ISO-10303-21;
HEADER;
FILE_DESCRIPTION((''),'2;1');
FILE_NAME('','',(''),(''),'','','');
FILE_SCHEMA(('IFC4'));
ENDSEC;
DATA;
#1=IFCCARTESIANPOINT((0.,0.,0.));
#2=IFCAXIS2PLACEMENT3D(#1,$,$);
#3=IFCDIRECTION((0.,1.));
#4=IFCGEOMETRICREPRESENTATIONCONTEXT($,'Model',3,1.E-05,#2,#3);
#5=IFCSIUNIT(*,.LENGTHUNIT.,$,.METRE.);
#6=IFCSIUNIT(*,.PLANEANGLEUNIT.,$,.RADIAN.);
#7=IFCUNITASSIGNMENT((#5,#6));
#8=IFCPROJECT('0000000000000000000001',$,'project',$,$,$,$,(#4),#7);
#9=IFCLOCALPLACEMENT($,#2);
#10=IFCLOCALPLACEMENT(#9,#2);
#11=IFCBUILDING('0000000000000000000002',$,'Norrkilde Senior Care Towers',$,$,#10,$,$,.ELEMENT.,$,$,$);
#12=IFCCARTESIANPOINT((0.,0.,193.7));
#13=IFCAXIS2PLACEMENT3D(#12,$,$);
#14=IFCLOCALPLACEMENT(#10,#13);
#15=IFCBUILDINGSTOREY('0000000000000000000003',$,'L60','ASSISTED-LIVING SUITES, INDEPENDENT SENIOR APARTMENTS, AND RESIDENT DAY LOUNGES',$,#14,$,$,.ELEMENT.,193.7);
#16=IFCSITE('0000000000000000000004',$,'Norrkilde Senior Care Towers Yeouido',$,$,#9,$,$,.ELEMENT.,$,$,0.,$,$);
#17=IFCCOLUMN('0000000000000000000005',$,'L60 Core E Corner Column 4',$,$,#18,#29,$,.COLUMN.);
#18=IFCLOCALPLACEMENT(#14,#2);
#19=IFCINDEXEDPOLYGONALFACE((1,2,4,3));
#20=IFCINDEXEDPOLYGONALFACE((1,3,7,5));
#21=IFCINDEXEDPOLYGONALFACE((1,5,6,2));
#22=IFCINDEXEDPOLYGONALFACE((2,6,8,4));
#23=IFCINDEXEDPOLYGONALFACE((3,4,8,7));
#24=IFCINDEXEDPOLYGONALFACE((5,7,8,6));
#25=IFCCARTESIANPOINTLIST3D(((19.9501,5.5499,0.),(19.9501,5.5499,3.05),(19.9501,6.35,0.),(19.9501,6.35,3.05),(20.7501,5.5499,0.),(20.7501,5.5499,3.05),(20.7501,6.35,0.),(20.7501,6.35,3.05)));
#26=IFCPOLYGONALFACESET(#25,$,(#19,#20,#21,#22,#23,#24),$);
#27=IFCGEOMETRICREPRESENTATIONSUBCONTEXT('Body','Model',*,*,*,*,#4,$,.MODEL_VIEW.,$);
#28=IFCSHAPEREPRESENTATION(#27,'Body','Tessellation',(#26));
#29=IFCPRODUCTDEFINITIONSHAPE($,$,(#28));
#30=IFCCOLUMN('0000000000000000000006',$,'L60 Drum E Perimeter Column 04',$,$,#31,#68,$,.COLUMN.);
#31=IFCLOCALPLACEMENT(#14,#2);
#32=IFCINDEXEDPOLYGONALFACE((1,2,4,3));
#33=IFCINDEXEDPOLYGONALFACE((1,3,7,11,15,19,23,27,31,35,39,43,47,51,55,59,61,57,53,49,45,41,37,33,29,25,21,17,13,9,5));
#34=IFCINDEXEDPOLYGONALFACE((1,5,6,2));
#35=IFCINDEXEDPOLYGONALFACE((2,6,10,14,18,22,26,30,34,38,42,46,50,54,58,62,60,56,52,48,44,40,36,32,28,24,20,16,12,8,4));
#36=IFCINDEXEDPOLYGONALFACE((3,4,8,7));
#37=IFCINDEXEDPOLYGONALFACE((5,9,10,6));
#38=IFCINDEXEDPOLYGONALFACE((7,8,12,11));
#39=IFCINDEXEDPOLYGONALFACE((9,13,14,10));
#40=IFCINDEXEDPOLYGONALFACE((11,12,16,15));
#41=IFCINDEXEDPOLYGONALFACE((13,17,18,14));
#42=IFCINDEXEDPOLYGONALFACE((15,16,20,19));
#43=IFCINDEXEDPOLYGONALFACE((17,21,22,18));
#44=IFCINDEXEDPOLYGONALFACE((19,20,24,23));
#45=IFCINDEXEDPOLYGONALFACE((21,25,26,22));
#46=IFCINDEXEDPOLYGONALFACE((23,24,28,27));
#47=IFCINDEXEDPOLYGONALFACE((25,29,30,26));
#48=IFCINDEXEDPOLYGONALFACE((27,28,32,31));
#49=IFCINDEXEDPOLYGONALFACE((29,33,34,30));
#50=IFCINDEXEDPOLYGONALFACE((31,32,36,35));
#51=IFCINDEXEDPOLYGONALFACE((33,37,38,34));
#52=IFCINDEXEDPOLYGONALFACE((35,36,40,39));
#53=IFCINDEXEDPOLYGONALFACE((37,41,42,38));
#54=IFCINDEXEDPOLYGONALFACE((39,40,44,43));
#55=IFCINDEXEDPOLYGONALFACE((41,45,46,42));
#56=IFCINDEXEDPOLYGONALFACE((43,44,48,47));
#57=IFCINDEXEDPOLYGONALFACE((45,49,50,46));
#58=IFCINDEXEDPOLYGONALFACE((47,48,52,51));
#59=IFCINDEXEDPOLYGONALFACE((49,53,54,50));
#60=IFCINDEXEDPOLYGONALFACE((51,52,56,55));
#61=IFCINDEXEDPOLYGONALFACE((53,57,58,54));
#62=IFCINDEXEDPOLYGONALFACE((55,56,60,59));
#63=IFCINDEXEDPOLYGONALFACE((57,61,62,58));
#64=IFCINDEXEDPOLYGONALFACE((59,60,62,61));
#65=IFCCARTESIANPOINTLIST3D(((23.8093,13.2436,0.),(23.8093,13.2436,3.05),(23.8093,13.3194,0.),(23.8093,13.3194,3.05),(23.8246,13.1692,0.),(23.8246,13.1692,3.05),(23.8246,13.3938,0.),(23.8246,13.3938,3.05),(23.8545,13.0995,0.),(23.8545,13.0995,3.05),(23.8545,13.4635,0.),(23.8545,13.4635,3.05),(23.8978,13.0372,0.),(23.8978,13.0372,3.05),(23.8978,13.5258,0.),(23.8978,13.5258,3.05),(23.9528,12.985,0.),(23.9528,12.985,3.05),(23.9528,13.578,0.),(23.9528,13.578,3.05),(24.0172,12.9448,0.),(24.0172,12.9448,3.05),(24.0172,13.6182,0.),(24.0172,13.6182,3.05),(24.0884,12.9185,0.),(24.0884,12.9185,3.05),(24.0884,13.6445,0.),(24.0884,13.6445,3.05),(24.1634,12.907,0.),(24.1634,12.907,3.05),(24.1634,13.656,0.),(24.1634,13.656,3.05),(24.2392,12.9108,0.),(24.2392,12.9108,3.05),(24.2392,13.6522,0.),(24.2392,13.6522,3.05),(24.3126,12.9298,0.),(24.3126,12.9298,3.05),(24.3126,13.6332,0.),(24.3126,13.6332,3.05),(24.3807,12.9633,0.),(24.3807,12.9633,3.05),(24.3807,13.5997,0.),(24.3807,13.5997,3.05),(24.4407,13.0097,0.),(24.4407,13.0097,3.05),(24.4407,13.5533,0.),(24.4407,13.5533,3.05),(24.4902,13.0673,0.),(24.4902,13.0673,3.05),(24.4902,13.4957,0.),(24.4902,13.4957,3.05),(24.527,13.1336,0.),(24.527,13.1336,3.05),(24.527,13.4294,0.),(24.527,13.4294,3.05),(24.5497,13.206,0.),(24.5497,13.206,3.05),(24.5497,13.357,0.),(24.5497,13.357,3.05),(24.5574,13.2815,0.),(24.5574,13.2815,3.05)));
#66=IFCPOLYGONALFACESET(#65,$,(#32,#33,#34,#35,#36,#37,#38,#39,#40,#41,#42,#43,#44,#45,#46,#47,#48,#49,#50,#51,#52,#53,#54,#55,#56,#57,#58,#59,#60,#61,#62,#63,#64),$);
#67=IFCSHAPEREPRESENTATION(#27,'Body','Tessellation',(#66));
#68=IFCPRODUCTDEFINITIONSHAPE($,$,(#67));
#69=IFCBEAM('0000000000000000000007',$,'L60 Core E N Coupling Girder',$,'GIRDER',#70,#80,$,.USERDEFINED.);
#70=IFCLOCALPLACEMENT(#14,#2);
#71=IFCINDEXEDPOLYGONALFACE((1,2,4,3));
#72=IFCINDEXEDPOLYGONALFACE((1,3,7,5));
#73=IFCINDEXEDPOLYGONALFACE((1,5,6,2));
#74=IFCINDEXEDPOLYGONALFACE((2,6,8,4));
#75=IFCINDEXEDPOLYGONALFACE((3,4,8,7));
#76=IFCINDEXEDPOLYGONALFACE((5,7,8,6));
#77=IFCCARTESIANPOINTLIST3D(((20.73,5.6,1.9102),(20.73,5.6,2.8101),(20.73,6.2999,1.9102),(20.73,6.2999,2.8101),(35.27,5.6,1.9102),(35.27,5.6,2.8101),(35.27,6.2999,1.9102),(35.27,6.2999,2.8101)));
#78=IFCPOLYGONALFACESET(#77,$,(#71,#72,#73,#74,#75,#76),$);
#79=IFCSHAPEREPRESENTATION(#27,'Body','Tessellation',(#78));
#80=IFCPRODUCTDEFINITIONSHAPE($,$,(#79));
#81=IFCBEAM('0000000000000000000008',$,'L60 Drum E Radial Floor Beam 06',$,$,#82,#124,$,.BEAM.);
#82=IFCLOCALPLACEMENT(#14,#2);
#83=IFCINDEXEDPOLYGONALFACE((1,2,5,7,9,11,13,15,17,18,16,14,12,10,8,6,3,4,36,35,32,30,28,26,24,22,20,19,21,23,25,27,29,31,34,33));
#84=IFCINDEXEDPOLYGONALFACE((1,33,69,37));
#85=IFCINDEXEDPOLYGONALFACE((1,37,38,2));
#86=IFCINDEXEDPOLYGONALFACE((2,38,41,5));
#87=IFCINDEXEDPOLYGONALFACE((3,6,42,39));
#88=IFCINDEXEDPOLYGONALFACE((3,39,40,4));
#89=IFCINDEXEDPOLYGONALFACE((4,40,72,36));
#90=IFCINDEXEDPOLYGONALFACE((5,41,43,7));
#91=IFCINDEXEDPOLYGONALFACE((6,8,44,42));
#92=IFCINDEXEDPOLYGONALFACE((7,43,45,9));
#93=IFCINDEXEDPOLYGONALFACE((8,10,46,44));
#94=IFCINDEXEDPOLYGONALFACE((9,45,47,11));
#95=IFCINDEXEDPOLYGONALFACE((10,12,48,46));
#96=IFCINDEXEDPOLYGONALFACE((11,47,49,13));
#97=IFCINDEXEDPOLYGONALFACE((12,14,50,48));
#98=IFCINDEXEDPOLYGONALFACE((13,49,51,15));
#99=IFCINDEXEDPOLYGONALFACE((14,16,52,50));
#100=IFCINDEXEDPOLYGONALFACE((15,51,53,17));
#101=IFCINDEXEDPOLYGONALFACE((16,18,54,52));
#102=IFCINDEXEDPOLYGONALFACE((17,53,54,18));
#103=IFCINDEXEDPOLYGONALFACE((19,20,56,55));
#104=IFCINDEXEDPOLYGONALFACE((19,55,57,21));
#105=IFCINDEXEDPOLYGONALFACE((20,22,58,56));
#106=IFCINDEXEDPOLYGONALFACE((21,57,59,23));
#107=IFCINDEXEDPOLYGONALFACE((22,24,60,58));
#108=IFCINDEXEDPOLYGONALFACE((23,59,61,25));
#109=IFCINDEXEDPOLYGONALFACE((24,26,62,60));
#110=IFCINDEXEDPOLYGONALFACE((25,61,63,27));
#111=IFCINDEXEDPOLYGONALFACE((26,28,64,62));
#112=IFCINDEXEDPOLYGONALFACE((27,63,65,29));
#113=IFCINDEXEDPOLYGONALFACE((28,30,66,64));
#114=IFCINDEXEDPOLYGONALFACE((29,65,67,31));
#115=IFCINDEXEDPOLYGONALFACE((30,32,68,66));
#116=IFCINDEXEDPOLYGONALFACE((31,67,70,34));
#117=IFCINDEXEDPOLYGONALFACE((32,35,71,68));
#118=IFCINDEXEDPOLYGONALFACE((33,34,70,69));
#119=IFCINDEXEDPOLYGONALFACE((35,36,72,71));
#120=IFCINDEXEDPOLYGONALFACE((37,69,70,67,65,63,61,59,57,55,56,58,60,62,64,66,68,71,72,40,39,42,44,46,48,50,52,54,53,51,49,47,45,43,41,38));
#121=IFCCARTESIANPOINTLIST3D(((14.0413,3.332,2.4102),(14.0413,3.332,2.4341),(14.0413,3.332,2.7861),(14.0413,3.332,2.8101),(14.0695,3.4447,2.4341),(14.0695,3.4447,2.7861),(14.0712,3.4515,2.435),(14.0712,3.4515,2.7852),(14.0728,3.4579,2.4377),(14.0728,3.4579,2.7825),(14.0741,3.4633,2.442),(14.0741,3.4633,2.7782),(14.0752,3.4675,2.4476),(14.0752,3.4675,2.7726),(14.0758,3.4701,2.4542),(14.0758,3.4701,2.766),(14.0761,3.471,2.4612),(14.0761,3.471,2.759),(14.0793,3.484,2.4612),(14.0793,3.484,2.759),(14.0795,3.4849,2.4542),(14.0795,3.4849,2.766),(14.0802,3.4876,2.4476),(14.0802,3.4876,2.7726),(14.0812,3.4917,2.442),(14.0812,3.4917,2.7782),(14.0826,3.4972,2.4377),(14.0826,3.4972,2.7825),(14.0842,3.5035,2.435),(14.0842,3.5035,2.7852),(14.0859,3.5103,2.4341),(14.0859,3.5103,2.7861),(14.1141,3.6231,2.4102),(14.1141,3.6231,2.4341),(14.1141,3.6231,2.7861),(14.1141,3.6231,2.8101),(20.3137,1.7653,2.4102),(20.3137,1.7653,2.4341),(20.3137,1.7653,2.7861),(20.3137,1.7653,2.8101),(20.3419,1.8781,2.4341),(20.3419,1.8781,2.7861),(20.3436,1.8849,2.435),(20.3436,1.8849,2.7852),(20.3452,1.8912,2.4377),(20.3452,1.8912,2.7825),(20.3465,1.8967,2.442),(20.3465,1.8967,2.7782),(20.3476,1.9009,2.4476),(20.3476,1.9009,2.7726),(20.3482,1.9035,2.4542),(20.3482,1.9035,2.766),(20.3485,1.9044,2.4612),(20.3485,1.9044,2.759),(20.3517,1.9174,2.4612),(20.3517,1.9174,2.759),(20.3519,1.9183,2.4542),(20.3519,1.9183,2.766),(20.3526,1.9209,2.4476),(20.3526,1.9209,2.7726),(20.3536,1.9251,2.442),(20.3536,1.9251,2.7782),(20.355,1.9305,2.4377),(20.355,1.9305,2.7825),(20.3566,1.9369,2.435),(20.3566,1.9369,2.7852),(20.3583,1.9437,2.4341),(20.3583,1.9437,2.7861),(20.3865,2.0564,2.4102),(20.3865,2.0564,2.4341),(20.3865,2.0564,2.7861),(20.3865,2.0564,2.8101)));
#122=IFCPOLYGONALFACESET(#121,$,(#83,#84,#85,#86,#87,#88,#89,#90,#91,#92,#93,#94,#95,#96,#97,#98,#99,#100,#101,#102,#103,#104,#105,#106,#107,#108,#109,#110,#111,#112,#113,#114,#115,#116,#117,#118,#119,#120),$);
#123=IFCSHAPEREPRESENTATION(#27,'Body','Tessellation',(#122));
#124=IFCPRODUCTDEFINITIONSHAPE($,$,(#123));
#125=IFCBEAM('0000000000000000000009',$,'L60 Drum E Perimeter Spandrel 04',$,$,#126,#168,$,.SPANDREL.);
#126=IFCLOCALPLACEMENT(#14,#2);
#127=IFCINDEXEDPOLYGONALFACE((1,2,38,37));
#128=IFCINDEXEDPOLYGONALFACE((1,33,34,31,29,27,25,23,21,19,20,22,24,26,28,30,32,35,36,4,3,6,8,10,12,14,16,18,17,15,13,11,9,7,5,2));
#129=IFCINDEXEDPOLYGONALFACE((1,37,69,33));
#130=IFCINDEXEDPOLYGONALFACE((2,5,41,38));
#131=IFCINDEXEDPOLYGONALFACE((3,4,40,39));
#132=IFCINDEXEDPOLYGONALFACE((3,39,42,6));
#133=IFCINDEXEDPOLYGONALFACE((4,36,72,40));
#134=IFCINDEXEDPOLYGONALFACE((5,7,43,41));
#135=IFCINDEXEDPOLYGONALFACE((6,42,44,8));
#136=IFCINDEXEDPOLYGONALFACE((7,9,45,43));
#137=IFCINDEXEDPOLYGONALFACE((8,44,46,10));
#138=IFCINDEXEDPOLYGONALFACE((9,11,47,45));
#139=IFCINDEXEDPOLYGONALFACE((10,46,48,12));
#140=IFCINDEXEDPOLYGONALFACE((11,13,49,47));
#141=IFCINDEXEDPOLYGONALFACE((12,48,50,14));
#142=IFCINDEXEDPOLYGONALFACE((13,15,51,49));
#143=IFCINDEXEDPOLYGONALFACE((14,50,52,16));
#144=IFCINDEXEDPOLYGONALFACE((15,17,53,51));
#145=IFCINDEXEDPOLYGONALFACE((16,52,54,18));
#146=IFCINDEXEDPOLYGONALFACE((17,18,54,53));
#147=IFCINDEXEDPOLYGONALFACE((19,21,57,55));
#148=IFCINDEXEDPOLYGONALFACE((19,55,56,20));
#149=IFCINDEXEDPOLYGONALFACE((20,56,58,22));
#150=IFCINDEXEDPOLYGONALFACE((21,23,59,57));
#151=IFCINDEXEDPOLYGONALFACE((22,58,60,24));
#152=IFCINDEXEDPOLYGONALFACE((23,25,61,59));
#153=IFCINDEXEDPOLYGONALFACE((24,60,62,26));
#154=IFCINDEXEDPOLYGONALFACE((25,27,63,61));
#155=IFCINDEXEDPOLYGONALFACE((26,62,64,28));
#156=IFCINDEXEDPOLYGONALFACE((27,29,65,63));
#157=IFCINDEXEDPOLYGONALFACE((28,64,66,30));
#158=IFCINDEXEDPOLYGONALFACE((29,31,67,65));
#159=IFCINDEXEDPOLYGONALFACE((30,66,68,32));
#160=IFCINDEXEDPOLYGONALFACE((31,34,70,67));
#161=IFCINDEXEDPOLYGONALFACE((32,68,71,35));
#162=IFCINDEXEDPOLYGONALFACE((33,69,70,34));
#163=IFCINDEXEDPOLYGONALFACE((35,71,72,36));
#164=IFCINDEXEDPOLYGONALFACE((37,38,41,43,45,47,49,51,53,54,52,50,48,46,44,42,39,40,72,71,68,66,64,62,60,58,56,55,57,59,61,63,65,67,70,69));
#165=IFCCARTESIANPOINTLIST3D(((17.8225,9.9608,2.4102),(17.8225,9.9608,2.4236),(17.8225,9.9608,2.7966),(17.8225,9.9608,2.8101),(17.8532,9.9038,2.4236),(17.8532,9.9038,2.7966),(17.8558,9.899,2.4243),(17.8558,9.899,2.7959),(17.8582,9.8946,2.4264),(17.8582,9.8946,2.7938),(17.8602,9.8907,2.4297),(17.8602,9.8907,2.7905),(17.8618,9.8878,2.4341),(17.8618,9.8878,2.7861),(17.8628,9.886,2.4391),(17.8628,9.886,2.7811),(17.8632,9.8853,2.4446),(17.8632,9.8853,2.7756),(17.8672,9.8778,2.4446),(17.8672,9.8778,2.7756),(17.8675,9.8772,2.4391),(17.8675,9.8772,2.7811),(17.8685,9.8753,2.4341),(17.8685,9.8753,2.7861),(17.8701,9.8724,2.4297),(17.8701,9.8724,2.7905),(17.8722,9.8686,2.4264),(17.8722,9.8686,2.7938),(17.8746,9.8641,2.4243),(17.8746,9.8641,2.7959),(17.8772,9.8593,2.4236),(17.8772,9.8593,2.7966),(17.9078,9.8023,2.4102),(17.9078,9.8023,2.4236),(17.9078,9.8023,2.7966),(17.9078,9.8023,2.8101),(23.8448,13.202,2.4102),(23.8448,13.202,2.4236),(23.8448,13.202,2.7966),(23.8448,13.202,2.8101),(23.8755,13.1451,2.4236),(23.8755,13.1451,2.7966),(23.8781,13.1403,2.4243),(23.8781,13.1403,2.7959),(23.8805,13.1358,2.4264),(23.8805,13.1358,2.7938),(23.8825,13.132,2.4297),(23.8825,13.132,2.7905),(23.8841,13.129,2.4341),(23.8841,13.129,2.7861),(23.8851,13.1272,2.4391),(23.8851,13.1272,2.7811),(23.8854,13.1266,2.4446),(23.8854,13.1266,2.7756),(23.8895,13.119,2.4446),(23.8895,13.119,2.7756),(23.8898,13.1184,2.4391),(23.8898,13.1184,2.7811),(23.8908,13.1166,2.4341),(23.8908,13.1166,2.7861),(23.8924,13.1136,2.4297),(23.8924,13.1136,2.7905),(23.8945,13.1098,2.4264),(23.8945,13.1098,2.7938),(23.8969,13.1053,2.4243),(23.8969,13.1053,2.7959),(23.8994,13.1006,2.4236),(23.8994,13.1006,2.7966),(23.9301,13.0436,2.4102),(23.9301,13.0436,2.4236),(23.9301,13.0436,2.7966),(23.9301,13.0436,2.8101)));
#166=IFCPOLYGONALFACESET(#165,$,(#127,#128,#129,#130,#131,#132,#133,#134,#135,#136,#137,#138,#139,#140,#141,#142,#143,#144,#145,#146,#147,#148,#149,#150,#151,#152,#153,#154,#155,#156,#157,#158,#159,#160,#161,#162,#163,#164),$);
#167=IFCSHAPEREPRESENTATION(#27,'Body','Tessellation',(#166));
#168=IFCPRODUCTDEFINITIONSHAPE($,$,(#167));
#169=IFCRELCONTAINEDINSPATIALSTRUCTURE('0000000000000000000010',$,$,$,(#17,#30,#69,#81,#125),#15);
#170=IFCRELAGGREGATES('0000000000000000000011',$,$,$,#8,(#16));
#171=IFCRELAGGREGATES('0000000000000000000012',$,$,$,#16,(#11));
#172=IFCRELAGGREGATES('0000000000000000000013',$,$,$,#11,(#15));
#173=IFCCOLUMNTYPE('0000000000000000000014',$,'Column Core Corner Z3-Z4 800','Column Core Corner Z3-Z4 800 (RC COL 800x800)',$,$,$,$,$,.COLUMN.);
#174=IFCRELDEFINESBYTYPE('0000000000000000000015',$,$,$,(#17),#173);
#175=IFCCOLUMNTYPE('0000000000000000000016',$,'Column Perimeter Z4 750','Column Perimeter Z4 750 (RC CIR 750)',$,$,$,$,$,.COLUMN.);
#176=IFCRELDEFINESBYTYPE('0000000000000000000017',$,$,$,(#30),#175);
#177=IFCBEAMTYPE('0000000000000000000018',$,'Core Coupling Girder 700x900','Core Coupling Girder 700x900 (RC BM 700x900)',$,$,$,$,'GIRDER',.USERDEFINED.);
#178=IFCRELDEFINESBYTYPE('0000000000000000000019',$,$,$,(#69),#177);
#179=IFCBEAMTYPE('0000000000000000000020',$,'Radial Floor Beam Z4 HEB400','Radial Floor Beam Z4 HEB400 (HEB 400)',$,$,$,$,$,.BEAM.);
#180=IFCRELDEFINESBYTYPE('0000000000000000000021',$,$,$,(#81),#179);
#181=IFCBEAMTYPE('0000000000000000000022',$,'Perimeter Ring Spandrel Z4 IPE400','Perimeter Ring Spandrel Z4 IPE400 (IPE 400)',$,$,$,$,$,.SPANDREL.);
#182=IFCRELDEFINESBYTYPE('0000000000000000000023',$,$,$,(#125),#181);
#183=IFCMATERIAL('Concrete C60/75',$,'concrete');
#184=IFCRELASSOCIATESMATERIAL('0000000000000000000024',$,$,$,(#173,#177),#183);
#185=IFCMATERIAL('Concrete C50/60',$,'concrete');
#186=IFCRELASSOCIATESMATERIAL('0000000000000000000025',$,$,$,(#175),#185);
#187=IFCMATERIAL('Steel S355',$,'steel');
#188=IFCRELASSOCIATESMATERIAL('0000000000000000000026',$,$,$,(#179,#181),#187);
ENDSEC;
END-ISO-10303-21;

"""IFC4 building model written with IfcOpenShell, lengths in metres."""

from ifc_helpers import new_model, si_unit, direction, frame, origin, origin_2d, place, context, subcontext, project, spatial, rectangle, circle, i_section, extrude, source, transform, mapped, material, material_profile, profile_set, type_object, type_shapes, element, save


model = new_model("IFC4")

# Units and contexts
model_context = context("Model", 3, precision=1e-05, world=origin(), true_north=direction((0.0, 1.0)))
body_context = subcontext(model_context, "Body", "Model", "MODEL_VIEW")
ifc_project = project(units=[si_unit("LENGTHUNIT", "METRE"), si_unit("PLANEANGLEUNIT", "RADIAN")], contexts=[model_context])

# Site, building, storey
site_placement = place(None, origin())
site = spatial("IfcSite", under=ifc_project, at=site_placement, Name="Norrkilde Senior Care Towers Yeouido", CompositionType="ELEMENT", RefElevation=0.0)
building_placement = place(site_placement, origin())
building = spatial("IfcBuilding", under=site, at=building_placement, Name="Norrkilde Senior Care Towers", CompositionType="ELEMENT")
storey_placement = place(building_placement, frame((0.0, 0.0, 193.7)))
storey = spatial("IfcBuildingStorey", under=building, at=storey_placement, Name="L60", Description="ASSISTED-LIVING SUITES, INDEPENDENT SENIOR APARTMENTS, AND RESIDENT DAY LOUNGES", CompositionType="ELEMENT", Elevation=193.7)

# Columns
ifc_material_1 = material(Name="Concrete C60/75", Category="concrete")
ifc_material_profile_1 = material_profile(ifc_material_1, rectangle(XDim=0.8, YDim=0.8, at=origin_2d()), Name="RC COL 800x800")
ifc_profile_set_1 = profile_set([ifc_material_profile_1], Name="Concrete C60/75")
column_type_1 = type_object("IfcColumnType", Name="Column Core Corner Z3-Z4 800", Description="Column Core Corner Z3-Z4 800 (RC COL 800x800)", PredefinedType="COLUMN", material=ifc_profile_set_1)
shared_shape_1 = source(origin(), body_context, "Body", "SweptSolid", [
    extrude(rectangle(XDim=0.8, YDim=0.8, at=origin_2d()), origin(), (0.0, 0.0, 1.0), 3.05),
])
type_shapes(column_type_1, [shared_shape_1])
column_1_placement = place(storey_placement, frame((20.3501, 5.95, 0.0), z_axis=(0.0, 0.0, 1.0), x_axis=(1.0, 0.0, 0.0)))
element("IfcColumn", 1, at=column_1_placement, inside=storey, type_object=column_type_1, Name="L60 Core E Corner Column 4", PredefinedType="COLUMN", context=body_context, shape_type="MappedRepresentation", body=[
    mapped(shared_shape_1, transform((0.0, 0.0, 0.0), x_axis=(1.0, 0.0, 0.0), y_axis=(0.0, 1.0, 0.0), z_axis=(0.0, 0.0, 1.0), scale=1.0)),
])
ifc_material_2 = material(Name="Concrete C50/60", Category="concrete")
ifc_material_profile_2 = material_profile(ifc_material_2, circle(Radius=0.375, at=origin_2d()), Name="RC CIR 750")
ifc_profile_set_2 = profile_set([ifc_material_profile_2], Name="Concrete C50/60")
column_type_2 = type_object("IfcColumnType", Name="Column Perimeter Z4 750", Description="Column Perimeter Z4 750 (RC CIR 750)", PredefinedType="COLUMN", material=ifc_profile_set_2)
shared_shape_2 = source(origin(), body_context, "Body", "SweptSolid", [
    extrude(circle(Radius=0.375, at=origin_2d()), origin(), (0.0, 0.0, 1.0), 3.05),
])
type_shapes(column_type_2, [shared_shape_2])
column_2_placement = place(storey_placement, frame((24.1824, 13.2815, 0.0), z_axis=(0.0, 0.0, 1.0), x_axis=(1.0, 0.0, 0.0)))
element("IfcColumn", 2, at=column_2_placement, inside=storey, type_object=column_type_2, Name="L60 Drum E Perimeter Column 04", PredefinedType="COLUMN", context=body_context, shape_type="MappedRepresentation", body=[
    mapped(shared_shape_2, transform((0.0, 0.0, 0.0), x_axis=(1.0, 0.0, 0.0), y_axis=(0.0, 1.0, 0.0), z_axis=(0.0, 0.0, 1.0), scale=1.0)),
])

# Beams
ifc_material_profile_3 = material_profile(ifc_material_1, rectangle(XDim=0.7, YDim=0.8999, at=origin_2d()), Name="RC BM 700x900")
ifc_profile_set_3 = profile_set([ifc_material_profile_3], Name="Concrete C60/75")
beam_type_1 = type_object("IfcBeamType", Name="Core Coupling Girder 700x900", Description="Core Coupling Girder 700x900 (RC BM 700x900)", ElementType="GIRDER", PredefinedType="USERDEFINED", material=ifc_profile_set_3)
shared_shape_3 = source(origin(), body_context, "Body", "SweptSolid", [
    extrude(rectangle(XDim=0.7, YDim=0.8999, at=origin_2d()), origin(), (0.0, 0.0, 1.0), 14.54),
])
type_shapes(beam_type_1, [shared_shape_3])
beam_1_placement = place(storey_placement, frame((20.73, 5.95, 2.3601), z_axis=(1.0, 0.0, 0.0), x_axis=(0.0, 1.0, 0.0)))
element("IfcBeam", 3, at=beam_1_placement, inside=storey, type_object=beam_type_1, Name="L60 Core E N Coupling Girder", ObjectType="GIRDER", PredefinedType="USERDEFINED", context=body_context, shape_type="MappedRepresentation", body=[
    mapped(shared_shape_3, transform((0.0, 0.0, 0.0), x_axis=(1.0, 0.0, 0.0), y_axis=(0.0, 1.0, 0.0), z_axis=(0.0, 0.0, 1.0), scale=1.0)),
])
ifc_material_3 = material(Name="Steel S355", Category="steel")
ifc_material_profile_4 = material_profile(ifc_material_3, i_section(OverallWidth=0.3, OverallDepth=0.3999, WebThickness=0.0134, FlangeThickness=0.0239, FilletRadius=0.0271, at=origin_2d()), Name="HEB 400")
ifc_profile_set_4 = profile_set([ifc_material_profile_4], Name="Steel S355")
beam_type_2 = type_object("IfcBeamType", Name="Radial Floor Beam Z4 HEB400", Description="Radial Floor Beam Z4 HEB400 (HEB 400)", PredefinedType="BEAM", material=ifc_profile_set_4)
shared_shape_4 = source(origin(), body_context, "Body", "SweptSolid", [
    extrude(i_section(OverallWidth=0.3, OverallDepth=0.3999, WebThickness=0.0134, FlangeThickness=0.0239, FilletRadius=0.0271, at=origin_2d()), origin(), (0.0, 0.0, 1.0), 6.4651),
])
type_shapes(beam_type_2, [shared_shape_4])
beam_2_placement = place(storey_placement, frame((20.3501, 1.9109, 2.6101), z_axis=(-0.970196, 0.242322, 0.0), x_axis=(-0.242322, -0.970196, 0.0)))
element("IfcBeam", 4, at=beam_2_placement, inside=storey, type_object=beam_type_2, Name="L60 Drum E Radial Floor Beam 06", PredefinedType="BEAM", context=body_context, shape_type="MappedRepresentation", body=[
    mapped(shared_shape_4, transform((0.0, 0.0, 0.0), x_axis=(1.0, 0.0, 0.0), y_axis=(0.0, 1.0, 0.0), z_axis=(0.0, 0.0, 1.0), scale=1.0)),
])
ifc_material_profile_5 = material_profile(ifc_material_3, i_section(OverallWidth=0.1799, OverallDepth=0.3999, WebThickness=0.0085, FlangeThickness=0.0134, FilletRadius=0.021, at=origin_2d()), Name="IPE 400")
ifc_profile_set_5 = profile_set([ifc_material_profile_5], Name="Steel S355")
beam_type_3 = type_object("IfcBeamType", Name="Perimeter Ring Spandrel Z4 IPE400", Description="Perimeter Ring Spandrel Z4 IPE400 (IPE 400)", PredefinedType="SPANDREL", material=ifc_profile_set_5)
shared_shape_5 = source(origin(), body_context, "Body", "SweptSolid", [
    extrude(i_section(OverallWidth=0.1799, OverallDepth=0.3999, WebThickness=0.0085, FlangeThickness=0.0134, FilletRadius=0.021, at=origin_2d()), origin(), (0.0, 0.0, 1.0), 6.8391),
])
type_shapes(beam_type_3, [shared_shape_5])
beam_3_placement = place(storey_placement, frame((23.8875, 13.1228, 2.6101), z_axis=(-0.880564, -0.473927, 0.0), x_axis=(0.473927, -0.880564, 0.0)))
element("IfcBeam", 5, at=beam_3_placement, inside=storey, type_object=beam_type_3, Name="L60 Drum E Perimeter Spandrel 04", PredefinedType="SPANDREL", context=body_context, shape_type="MappedRepresentation", body=[
    mapped(shared_shape_5, transform((0.0, 0.0, 0.0), x_axis=(1.0, 0.0, 0.0), y_axis=(0.0, 1.0, 0.0), z_axis=(0.0, 0.0, 1.0), scale=1.0)),
])

save(model, "model.ifc")
